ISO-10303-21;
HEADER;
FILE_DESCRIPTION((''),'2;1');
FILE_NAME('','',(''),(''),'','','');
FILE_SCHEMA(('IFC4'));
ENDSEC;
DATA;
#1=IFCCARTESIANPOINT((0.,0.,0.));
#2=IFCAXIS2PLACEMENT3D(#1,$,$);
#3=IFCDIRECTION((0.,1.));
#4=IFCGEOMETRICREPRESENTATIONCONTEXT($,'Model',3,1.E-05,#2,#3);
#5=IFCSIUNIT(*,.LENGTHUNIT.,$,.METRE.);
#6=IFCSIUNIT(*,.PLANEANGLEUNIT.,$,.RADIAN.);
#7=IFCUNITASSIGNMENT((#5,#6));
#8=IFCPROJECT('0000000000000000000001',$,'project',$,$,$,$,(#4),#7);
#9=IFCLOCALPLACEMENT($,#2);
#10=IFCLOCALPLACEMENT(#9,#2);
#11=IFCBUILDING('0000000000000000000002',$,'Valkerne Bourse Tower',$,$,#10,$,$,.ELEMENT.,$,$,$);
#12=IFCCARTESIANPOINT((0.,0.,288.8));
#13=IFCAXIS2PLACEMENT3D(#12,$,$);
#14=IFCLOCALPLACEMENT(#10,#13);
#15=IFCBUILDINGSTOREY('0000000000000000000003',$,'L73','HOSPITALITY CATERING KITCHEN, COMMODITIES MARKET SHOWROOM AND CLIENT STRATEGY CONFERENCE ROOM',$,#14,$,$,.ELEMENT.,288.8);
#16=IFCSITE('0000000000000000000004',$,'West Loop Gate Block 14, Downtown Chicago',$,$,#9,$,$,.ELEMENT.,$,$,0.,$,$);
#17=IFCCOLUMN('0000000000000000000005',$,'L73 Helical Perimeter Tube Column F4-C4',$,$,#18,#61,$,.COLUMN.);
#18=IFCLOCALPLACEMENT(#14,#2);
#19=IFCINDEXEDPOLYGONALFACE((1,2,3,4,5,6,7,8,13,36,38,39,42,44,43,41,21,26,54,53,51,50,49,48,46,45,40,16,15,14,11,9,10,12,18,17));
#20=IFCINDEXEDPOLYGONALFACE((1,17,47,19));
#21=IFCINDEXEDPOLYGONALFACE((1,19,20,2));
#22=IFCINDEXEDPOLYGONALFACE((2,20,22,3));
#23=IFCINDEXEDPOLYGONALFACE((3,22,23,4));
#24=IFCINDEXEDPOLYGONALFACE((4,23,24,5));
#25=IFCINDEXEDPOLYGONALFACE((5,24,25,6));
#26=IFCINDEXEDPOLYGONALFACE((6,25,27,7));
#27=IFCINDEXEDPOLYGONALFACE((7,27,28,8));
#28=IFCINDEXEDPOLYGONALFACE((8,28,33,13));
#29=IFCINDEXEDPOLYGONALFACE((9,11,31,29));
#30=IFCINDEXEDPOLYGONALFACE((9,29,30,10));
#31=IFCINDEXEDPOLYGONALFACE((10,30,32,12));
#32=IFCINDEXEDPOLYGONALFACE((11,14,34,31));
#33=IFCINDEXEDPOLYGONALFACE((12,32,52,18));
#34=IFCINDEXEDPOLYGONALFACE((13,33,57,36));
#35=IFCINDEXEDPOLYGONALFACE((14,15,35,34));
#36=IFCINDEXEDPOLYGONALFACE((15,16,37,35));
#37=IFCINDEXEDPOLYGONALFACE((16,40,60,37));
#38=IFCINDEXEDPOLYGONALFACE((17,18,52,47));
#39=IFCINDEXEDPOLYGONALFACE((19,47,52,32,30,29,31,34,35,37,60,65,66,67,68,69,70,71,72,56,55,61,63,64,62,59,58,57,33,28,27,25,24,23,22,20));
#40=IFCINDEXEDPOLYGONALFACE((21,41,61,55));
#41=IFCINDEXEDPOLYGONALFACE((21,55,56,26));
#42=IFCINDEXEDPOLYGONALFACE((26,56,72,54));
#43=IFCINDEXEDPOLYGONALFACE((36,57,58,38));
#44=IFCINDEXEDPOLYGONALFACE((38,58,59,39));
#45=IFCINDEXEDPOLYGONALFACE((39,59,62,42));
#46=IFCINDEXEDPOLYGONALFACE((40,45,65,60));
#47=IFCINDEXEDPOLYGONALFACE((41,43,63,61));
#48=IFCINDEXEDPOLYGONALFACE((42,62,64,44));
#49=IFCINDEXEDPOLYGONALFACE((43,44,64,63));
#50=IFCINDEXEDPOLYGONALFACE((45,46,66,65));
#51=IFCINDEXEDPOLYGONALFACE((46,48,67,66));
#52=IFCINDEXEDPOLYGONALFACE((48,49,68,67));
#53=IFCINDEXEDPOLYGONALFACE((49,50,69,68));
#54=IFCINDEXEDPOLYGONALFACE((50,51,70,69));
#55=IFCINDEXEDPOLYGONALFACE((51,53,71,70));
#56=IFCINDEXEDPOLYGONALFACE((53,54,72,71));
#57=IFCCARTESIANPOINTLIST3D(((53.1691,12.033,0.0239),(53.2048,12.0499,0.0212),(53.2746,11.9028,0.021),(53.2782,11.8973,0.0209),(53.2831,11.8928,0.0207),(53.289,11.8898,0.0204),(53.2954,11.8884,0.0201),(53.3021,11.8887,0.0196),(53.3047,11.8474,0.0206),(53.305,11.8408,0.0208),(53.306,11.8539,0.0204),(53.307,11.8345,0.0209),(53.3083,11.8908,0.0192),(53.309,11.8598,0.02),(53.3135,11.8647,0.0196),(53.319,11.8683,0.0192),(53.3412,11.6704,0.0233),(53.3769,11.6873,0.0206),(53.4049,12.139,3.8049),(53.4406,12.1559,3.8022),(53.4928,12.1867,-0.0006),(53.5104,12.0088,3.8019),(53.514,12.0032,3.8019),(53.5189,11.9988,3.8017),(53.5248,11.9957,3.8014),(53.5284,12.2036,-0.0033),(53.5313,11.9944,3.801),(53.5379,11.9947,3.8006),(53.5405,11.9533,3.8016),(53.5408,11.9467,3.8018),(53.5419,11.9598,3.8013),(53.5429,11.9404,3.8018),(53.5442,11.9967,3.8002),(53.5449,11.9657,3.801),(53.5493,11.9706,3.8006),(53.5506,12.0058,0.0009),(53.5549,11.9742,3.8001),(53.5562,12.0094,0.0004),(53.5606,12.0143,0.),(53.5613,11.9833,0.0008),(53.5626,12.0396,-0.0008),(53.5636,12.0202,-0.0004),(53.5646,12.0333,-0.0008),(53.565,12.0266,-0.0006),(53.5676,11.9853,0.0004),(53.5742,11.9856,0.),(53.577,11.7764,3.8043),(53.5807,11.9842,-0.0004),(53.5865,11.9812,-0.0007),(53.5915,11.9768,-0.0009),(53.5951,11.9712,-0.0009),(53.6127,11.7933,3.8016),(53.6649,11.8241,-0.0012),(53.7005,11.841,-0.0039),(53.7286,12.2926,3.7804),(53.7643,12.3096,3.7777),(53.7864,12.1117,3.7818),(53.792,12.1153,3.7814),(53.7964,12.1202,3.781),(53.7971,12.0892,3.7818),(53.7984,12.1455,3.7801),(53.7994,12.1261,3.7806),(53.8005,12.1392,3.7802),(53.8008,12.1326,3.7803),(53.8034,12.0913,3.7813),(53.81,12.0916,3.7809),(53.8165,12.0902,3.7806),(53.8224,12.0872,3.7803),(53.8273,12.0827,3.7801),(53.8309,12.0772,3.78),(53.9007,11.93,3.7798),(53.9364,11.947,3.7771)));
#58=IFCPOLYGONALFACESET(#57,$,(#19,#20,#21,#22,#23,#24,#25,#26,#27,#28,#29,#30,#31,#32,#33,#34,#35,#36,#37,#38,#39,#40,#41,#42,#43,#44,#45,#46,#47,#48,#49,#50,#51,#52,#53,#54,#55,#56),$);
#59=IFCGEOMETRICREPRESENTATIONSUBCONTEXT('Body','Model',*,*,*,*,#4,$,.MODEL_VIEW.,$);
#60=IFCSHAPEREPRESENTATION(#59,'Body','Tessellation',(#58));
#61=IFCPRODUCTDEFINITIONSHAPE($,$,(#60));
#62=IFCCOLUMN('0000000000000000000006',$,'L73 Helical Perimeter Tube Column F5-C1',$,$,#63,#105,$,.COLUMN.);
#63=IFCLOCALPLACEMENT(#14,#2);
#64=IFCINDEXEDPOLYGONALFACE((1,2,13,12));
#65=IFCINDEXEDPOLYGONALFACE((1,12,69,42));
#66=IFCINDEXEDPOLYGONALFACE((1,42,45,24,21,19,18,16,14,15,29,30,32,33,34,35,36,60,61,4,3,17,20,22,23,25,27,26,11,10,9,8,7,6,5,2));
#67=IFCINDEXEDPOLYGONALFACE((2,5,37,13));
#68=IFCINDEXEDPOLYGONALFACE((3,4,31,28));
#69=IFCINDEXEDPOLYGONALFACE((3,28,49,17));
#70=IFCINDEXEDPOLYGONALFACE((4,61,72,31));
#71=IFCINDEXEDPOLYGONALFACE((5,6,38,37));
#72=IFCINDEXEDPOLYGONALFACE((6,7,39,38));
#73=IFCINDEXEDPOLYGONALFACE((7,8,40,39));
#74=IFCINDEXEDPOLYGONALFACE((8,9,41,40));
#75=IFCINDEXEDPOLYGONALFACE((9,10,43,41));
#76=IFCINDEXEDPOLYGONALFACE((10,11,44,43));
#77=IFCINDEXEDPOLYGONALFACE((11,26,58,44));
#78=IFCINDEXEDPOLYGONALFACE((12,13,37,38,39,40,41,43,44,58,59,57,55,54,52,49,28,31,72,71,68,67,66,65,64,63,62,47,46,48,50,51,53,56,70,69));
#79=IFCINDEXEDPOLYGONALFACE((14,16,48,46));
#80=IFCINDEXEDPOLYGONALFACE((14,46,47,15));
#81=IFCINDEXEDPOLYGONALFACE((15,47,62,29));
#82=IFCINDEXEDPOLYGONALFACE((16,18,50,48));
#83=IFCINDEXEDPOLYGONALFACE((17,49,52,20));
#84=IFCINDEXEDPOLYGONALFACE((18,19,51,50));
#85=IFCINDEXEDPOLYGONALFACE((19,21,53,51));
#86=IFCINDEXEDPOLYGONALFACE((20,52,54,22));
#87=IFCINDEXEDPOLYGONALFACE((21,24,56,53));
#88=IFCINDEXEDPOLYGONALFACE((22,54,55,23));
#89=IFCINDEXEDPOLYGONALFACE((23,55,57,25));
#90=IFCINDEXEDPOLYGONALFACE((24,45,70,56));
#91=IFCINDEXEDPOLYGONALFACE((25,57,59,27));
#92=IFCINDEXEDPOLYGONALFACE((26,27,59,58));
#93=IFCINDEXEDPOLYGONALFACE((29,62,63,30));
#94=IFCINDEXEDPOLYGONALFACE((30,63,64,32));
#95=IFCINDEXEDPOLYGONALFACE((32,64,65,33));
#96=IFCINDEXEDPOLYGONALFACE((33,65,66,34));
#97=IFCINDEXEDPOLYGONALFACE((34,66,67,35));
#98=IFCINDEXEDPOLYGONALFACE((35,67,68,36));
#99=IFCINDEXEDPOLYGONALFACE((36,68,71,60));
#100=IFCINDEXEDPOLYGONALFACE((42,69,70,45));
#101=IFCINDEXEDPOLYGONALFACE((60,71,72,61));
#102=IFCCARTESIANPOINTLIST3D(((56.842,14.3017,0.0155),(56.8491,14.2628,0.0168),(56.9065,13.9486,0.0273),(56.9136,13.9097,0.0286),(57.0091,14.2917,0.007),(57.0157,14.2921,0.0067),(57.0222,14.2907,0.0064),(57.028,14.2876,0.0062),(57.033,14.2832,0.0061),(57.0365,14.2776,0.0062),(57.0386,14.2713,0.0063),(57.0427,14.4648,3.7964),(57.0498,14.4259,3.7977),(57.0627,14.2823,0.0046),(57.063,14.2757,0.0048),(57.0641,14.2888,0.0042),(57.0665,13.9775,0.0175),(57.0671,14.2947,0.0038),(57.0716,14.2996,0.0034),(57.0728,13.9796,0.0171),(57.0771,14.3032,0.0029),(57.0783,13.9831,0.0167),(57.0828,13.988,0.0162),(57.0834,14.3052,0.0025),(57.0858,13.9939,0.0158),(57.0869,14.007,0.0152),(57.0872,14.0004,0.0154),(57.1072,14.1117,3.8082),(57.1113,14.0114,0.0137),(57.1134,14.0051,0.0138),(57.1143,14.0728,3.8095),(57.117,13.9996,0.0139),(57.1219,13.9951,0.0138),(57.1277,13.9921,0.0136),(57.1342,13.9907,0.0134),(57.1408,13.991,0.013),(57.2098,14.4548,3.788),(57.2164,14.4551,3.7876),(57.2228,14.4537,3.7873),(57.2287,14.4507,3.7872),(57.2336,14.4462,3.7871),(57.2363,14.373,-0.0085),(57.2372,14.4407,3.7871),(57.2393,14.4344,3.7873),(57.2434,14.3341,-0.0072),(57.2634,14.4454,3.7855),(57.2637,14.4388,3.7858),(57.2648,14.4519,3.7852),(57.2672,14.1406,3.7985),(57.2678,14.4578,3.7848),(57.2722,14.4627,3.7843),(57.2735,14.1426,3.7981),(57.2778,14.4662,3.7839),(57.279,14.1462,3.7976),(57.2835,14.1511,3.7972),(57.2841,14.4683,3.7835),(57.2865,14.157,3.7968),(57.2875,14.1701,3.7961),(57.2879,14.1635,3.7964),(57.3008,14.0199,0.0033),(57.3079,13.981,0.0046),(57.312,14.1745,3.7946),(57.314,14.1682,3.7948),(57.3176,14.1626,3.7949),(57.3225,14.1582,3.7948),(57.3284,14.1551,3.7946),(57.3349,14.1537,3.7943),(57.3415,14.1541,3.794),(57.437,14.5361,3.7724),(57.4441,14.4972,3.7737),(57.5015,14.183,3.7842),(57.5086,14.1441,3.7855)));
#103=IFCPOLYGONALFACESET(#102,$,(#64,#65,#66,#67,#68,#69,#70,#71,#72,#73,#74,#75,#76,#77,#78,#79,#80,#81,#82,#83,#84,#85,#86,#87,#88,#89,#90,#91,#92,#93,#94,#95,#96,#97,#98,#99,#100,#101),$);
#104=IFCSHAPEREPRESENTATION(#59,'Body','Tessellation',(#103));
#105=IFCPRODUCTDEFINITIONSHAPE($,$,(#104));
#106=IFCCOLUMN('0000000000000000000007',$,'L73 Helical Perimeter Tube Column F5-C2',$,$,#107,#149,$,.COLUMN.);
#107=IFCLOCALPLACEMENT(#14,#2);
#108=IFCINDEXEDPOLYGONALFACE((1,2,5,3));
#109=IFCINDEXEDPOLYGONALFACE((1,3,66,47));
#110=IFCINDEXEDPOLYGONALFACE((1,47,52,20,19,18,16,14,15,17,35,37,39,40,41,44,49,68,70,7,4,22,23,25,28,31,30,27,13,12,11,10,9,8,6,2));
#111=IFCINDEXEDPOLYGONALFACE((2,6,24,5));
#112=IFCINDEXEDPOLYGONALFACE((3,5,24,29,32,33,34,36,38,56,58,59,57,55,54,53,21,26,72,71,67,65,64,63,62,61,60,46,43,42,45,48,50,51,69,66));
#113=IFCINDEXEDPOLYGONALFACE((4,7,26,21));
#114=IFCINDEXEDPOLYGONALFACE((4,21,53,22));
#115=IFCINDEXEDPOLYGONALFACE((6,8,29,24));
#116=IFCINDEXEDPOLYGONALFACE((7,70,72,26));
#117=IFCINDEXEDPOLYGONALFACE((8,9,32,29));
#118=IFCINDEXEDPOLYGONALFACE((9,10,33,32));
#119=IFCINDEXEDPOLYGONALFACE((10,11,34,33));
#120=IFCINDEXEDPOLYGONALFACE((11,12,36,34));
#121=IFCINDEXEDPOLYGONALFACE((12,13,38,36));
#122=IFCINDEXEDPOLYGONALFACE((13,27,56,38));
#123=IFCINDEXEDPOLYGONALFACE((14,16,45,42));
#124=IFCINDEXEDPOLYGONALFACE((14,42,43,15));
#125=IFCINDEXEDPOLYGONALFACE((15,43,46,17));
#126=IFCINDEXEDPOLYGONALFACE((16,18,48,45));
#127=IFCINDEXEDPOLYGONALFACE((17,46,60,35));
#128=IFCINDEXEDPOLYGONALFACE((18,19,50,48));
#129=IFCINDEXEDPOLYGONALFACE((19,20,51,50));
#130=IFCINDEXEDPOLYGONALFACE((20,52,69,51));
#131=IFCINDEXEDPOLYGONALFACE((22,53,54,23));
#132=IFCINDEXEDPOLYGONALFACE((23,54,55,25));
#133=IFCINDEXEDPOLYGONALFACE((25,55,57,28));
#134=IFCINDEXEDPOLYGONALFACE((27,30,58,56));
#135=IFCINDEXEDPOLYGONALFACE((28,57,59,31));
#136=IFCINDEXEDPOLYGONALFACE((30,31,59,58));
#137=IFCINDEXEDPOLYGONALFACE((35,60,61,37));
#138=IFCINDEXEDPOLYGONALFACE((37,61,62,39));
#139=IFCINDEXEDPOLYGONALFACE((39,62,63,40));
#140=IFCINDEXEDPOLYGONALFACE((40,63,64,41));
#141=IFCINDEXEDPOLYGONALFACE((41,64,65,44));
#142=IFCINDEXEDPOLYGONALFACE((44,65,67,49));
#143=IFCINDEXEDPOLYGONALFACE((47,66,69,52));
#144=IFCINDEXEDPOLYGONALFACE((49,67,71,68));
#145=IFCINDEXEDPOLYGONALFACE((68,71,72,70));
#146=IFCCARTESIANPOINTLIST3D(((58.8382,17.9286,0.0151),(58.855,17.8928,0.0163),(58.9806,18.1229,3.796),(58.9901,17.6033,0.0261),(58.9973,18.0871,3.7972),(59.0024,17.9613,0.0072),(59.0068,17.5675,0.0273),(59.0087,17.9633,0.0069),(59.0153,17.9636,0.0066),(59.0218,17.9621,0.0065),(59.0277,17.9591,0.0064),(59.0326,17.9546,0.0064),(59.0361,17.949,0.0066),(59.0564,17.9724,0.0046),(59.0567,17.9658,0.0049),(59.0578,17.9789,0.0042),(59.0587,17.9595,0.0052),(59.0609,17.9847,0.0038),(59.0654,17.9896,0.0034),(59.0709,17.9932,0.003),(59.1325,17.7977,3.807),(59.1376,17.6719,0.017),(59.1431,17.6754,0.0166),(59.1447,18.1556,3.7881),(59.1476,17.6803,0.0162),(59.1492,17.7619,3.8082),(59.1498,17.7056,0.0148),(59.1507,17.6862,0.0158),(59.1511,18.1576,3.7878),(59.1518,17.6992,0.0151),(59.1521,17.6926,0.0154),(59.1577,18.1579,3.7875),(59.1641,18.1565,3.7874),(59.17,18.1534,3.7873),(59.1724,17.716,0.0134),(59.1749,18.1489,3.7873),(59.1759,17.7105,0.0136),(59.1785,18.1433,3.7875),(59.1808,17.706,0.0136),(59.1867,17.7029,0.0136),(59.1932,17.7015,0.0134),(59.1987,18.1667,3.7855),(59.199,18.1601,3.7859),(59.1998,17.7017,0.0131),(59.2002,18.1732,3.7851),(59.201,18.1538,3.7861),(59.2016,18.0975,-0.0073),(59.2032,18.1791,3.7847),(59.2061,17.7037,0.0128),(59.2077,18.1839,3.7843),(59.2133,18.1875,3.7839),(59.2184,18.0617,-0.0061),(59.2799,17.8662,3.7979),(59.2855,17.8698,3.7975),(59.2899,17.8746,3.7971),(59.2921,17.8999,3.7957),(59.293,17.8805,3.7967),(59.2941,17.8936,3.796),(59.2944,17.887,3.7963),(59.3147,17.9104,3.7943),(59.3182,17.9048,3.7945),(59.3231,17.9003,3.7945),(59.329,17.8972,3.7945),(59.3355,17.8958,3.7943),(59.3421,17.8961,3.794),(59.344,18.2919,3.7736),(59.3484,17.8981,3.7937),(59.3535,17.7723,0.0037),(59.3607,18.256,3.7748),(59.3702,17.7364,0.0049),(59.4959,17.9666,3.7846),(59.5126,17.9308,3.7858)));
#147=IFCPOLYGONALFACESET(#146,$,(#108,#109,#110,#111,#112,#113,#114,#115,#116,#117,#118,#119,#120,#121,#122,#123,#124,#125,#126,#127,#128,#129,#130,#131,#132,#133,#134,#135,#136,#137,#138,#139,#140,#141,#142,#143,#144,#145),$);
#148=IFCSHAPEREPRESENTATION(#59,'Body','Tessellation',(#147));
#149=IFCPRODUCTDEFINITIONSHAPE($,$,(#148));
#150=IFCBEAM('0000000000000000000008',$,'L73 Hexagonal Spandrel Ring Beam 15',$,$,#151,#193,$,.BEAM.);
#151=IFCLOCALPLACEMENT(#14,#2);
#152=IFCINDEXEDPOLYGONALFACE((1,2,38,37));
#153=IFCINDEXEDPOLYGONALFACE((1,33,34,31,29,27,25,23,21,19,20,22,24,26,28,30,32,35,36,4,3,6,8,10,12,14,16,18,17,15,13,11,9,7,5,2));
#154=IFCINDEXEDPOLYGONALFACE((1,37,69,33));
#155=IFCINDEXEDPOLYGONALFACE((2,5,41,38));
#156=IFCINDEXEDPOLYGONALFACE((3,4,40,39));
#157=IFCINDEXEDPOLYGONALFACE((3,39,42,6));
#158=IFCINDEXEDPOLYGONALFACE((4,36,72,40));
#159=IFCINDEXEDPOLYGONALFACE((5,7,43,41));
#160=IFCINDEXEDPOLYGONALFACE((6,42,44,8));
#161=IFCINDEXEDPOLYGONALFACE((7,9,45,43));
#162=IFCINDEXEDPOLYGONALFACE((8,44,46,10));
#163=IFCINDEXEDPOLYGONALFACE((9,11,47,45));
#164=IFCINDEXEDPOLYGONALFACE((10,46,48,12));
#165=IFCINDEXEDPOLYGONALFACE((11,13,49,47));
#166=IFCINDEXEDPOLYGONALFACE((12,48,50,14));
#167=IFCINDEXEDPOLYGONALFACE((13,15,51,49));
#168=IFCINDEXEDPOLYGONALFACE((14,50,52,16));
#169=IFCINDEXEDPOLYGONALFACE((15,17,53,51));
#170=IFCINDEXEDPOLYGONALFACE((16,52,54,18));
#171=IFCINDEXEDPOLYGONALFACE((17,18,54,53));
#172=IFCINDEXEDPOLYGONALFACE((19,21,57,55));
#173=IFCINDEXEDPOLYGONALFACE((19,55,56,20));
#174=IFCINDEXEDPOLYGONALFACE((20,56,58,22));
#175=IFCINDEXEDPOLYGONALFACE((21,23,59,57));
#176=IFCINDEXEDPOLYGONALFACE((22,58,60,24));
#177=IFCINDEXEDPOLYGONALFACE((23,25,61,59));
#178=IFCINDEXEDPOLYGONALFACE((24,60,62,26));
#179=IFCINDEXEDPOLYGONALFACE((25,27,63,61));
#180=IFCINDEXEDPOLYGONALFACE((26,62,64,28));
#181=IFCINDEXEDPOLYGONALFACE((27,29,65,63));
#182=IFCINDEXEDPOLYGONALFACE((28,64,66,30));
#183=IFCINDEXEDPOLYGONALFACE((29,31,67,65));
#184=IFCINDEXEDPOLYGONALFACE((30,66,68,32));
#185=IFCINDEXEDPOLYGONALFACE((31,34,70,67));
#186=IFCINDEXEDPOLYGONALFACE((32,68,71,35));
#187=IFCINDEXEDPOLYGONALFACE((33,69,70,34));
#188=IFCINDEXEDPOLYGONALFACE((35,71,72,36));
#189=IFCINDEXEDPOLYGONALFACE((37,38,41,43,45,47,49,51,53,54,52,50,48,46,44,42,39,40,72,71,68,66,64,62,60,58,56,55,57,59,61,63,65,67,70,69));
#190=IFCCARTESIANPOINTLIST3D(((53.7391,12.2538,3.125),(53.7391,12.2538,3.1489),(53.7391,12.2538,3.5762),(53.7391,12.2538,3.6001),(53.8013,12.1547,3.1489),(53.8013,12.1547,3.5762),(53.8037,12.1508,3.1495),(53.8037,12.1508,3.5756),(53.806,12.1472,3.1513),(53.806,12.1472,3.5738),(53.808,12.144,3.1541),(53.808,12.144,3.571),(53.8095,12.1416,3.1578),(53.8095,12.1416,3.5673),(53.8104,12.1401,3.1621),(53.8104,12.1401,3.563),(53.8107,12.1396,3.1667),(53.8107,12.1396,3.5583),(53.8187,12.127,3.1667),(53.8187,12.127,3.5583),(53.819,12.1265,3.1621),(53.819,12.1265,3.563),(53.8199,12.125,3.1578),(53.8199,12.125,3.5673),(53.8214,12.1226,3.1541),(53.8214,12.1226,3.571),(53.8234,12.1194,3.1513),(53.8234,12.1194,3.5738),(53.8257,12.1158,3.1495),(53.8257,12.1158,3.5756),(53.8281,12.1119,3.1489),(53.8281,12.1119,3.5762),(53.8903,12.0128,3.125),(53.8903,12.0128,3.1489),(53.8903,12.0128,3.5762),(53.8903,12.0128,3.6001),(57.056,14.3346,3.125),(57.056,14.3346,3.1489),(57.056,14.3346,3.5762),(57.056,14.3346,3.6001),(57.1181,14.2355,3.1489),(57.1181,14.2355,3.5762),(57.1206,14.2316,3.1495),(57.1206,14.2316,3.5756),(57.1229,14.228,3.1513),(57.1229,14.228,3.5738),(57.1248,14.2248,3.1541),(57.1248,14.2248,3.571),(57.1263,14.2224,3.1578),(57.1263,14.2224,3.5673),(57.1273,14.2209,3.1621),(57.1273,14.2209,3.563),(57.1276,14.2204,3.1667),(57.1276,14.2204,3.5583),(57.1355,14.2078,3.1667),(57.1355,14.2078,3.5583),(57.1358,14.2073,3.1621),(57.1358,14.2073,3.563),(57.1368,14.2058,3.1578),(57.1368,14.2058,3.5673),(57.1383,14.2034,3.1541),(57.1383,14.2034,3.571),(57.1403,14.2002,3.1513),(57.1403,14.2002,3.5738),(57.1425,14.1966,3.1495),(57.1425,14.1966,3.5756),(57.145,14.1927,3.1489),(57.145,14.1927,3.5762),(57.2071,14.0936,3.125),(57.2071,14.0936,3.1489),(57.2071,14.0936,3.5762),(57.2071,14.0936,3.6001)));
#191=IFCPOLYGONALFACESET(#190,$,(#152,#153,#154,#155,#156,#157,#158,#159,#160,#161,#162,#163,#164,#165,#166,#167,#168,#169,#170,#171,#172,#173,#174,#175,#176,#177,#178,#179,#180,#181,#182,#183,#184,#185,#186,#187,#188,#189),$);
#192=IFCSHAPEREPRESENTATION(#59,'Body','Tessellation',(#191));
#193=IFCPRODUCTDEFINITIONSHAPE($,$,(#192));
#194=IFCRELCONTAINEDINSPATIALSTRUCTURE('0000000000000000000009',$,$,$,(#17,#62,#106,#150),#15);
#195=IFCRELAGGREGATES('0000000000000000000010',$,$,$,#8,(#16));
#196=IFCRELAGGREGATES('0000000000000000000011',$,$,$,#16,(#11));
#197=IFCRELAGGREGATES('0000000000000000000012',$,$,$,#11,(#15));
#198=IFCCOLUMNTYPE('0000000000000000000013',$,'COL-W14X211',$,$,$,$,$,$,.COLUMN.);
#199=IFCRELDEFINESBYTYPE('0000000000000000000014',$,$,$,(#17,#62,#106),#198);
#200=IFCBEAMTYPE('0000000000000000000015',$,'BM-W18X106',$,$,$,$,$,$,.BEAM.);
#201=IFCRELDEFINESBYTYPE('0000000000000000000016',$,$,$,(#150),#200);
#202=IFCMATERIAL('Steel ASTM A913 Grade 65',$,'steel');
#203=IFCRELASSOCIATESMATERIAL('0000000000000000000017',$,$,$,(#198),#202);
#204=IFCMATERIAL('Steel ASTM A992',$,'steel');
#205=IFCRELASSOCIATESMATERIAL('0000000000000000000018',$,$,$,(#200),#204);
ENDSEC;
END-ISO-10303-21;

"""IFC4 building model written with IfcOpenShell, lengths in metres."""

from ifc_helpers import new_model, si_unit, direction, frame, origin, origin_2d, place, context, subcontext, project, spatial, i_section, extrude, material, material_profile, profile_set, type_object, element, save


model = new_model("IFC4")

# Units and contexts
model_context = context("Model", 3, precision=1e-05, world=origin(), true_north=direction((0.0, 1.0)))
body_context = subcontext(model_context, "Body", "Model", "MODEL_VIEW")
ifc_project = project(units=[si_unit("LENGTHUNIT", "METRE"), si_unit("PLANEANGLEUNIT", "RADIAN")], contexts=[model_context])

# Site, building, storey
site_placement = place(None, origin())
site = spatial("IfcSite", under=ifc_project, at=site_placement, Name="West Loop Gate Block 14, Downtown Chicago", CompositionType="ELEMENT", RefElevation=0.0)
building_placement = place(site_placement, origin())
building = spatial("IfcBuilding", under=site, at=building_placement, Name="Valkerne Bourse Tower", CompositionType="ELEMENT")
storey_placement = place(building_placement, frame((0.0, 0.0, 288.8)))
storey = spatial("IfcBuildingStorey", under=building, at=storey_placement, Name="L73", Description="HOSPITALITY CATERING KITCHEN, COMMODITIES MARKET SHOWROOM AND CLIENT STRATEGY CONFERENCE ROOM", CompositionType="ELEMENT", Elevation=288.8)

# Columns
ifc_material_1 = material(Name="Steel ASTM A913 Grade 65", Category="steel")
ifc_material_profile_1 = material_profile(ifc_material_1, i_section(OverallWidth=0.4014, OverallDepth=0.3987, WebThickness=0.0249, FlangeThickness=0.0396, FilletRadius=0.0254, at=origin_2d()), Name="W14X211")
ifc_profile_set_1 = profile_set([ifc_material_profile_1], Name="Steel ASTM A913 Grade 65")
column_type = type_object("IfcColumnType", Name="COL-W14X211", PredefinedType="COLUMN", material=ifc_profile_set_1)
for number, where, z_axis, x_axis, name in (
    (1, (53.4348, 11.937, 0.01), (0.06223, 0.027958, 0.99767), (-0.428784, 0.903406, 0.001429), "L73 Helical Perimeter Tube Column F4-C4"),
    (2, (57.075, 14.1414, 0.01), (0.052953, 0.043032, 0.997669), (-0.982303, -0.177499, 0.059794), "L73 Helical Perimeter Tube Column F5-C1"),
):
    element("IfcColumn", number, at=place(storey_placement, frame(where, z_axis=z_axis, x_axis=x_axis)), inside=storey, type_object=column_type, Name=name, PredefinedType="COLUMN", context=body_context, shape_type="SweptSolid", body=[
        extrude(i_section(OverallWidth=0.4014, OverallDepth=0.3987, WebThickness=0.0249, FlangeThickness=0.0396, FilletRadius=0.0254, at=origin_2d()), origin(), (0.0, 0.0, 1.0), 3.7898),
    ])
column_placement = place(storey_placement, frame((59.1042, 17.8325, 0.01), z_axis=(0.037568, 0.051294, 0.997977), x_axis=(-0.905404, -0.420879, 0.055716)))
element("IfcColumn", 3, at=column_placement, inside=storey, type_object=column_type, Name="L73 Helical Perimeter Tube Column F5-C2", PredefinedType="COLUMN", context=body_context, shape_type="SweptSolid", body=[
    extrude(i_section(OverallWidth=0.4014, OverallDepth=0.3987, WebThickness=0.0249, FlangeThickness=0.0396, FilletRadius=0.0254, at=origin_2d()), origin(), (0.0, 0.0, 1.0), 3.7886),
])

# Beam
ifc_material_2 = material(Name="Steel ASTM A992", Category="steel")
ifc_material_profile_2 = material_profile(ifc_material_2, i_section(OverallWidth=0.2844, OverallDepth=0.4751, WebThickness=0.0149, FlangeThickness=0.0239, FilletRadius=0.0178, at=origin_2d()), Name="W18X106")
ifc_profile_set_2 = profile_set([ifc_material_profile_2], Name="Steel ASTM A992")
beam_type = type_object("IfcBeamType", Name="BM-W18X106", PredefinedType="BEAM", material=ifc_profile_set_2)
beam_1_placement = place(storey_placement, frame((53.8147, 12.1333, 3.3625), z_axis=(0.847107, 0.531422, 0.0), x_axis=(-0.531422, 0.847107, 0.0)))
element("IfcBeam", 4, at=beam_1_placement, inside=storey, type_object=beam_type, Name="L73 Hexagonal Spandrel Ring Beam 15", PredefinedType="BEAM", context=body_context, shape_type="SweptSolid", body=[
    extrude(i_section(OverallWidth=0.2844, OverallDepth=0.4751, WebThickness=0.0149, FlangeThickness=0.0239, FilletRadius=0.0178, at=origin_2d()), origin(), (0.0, 0.0, 1.0), 3.9155),
])

save(model, "model.ifc")
